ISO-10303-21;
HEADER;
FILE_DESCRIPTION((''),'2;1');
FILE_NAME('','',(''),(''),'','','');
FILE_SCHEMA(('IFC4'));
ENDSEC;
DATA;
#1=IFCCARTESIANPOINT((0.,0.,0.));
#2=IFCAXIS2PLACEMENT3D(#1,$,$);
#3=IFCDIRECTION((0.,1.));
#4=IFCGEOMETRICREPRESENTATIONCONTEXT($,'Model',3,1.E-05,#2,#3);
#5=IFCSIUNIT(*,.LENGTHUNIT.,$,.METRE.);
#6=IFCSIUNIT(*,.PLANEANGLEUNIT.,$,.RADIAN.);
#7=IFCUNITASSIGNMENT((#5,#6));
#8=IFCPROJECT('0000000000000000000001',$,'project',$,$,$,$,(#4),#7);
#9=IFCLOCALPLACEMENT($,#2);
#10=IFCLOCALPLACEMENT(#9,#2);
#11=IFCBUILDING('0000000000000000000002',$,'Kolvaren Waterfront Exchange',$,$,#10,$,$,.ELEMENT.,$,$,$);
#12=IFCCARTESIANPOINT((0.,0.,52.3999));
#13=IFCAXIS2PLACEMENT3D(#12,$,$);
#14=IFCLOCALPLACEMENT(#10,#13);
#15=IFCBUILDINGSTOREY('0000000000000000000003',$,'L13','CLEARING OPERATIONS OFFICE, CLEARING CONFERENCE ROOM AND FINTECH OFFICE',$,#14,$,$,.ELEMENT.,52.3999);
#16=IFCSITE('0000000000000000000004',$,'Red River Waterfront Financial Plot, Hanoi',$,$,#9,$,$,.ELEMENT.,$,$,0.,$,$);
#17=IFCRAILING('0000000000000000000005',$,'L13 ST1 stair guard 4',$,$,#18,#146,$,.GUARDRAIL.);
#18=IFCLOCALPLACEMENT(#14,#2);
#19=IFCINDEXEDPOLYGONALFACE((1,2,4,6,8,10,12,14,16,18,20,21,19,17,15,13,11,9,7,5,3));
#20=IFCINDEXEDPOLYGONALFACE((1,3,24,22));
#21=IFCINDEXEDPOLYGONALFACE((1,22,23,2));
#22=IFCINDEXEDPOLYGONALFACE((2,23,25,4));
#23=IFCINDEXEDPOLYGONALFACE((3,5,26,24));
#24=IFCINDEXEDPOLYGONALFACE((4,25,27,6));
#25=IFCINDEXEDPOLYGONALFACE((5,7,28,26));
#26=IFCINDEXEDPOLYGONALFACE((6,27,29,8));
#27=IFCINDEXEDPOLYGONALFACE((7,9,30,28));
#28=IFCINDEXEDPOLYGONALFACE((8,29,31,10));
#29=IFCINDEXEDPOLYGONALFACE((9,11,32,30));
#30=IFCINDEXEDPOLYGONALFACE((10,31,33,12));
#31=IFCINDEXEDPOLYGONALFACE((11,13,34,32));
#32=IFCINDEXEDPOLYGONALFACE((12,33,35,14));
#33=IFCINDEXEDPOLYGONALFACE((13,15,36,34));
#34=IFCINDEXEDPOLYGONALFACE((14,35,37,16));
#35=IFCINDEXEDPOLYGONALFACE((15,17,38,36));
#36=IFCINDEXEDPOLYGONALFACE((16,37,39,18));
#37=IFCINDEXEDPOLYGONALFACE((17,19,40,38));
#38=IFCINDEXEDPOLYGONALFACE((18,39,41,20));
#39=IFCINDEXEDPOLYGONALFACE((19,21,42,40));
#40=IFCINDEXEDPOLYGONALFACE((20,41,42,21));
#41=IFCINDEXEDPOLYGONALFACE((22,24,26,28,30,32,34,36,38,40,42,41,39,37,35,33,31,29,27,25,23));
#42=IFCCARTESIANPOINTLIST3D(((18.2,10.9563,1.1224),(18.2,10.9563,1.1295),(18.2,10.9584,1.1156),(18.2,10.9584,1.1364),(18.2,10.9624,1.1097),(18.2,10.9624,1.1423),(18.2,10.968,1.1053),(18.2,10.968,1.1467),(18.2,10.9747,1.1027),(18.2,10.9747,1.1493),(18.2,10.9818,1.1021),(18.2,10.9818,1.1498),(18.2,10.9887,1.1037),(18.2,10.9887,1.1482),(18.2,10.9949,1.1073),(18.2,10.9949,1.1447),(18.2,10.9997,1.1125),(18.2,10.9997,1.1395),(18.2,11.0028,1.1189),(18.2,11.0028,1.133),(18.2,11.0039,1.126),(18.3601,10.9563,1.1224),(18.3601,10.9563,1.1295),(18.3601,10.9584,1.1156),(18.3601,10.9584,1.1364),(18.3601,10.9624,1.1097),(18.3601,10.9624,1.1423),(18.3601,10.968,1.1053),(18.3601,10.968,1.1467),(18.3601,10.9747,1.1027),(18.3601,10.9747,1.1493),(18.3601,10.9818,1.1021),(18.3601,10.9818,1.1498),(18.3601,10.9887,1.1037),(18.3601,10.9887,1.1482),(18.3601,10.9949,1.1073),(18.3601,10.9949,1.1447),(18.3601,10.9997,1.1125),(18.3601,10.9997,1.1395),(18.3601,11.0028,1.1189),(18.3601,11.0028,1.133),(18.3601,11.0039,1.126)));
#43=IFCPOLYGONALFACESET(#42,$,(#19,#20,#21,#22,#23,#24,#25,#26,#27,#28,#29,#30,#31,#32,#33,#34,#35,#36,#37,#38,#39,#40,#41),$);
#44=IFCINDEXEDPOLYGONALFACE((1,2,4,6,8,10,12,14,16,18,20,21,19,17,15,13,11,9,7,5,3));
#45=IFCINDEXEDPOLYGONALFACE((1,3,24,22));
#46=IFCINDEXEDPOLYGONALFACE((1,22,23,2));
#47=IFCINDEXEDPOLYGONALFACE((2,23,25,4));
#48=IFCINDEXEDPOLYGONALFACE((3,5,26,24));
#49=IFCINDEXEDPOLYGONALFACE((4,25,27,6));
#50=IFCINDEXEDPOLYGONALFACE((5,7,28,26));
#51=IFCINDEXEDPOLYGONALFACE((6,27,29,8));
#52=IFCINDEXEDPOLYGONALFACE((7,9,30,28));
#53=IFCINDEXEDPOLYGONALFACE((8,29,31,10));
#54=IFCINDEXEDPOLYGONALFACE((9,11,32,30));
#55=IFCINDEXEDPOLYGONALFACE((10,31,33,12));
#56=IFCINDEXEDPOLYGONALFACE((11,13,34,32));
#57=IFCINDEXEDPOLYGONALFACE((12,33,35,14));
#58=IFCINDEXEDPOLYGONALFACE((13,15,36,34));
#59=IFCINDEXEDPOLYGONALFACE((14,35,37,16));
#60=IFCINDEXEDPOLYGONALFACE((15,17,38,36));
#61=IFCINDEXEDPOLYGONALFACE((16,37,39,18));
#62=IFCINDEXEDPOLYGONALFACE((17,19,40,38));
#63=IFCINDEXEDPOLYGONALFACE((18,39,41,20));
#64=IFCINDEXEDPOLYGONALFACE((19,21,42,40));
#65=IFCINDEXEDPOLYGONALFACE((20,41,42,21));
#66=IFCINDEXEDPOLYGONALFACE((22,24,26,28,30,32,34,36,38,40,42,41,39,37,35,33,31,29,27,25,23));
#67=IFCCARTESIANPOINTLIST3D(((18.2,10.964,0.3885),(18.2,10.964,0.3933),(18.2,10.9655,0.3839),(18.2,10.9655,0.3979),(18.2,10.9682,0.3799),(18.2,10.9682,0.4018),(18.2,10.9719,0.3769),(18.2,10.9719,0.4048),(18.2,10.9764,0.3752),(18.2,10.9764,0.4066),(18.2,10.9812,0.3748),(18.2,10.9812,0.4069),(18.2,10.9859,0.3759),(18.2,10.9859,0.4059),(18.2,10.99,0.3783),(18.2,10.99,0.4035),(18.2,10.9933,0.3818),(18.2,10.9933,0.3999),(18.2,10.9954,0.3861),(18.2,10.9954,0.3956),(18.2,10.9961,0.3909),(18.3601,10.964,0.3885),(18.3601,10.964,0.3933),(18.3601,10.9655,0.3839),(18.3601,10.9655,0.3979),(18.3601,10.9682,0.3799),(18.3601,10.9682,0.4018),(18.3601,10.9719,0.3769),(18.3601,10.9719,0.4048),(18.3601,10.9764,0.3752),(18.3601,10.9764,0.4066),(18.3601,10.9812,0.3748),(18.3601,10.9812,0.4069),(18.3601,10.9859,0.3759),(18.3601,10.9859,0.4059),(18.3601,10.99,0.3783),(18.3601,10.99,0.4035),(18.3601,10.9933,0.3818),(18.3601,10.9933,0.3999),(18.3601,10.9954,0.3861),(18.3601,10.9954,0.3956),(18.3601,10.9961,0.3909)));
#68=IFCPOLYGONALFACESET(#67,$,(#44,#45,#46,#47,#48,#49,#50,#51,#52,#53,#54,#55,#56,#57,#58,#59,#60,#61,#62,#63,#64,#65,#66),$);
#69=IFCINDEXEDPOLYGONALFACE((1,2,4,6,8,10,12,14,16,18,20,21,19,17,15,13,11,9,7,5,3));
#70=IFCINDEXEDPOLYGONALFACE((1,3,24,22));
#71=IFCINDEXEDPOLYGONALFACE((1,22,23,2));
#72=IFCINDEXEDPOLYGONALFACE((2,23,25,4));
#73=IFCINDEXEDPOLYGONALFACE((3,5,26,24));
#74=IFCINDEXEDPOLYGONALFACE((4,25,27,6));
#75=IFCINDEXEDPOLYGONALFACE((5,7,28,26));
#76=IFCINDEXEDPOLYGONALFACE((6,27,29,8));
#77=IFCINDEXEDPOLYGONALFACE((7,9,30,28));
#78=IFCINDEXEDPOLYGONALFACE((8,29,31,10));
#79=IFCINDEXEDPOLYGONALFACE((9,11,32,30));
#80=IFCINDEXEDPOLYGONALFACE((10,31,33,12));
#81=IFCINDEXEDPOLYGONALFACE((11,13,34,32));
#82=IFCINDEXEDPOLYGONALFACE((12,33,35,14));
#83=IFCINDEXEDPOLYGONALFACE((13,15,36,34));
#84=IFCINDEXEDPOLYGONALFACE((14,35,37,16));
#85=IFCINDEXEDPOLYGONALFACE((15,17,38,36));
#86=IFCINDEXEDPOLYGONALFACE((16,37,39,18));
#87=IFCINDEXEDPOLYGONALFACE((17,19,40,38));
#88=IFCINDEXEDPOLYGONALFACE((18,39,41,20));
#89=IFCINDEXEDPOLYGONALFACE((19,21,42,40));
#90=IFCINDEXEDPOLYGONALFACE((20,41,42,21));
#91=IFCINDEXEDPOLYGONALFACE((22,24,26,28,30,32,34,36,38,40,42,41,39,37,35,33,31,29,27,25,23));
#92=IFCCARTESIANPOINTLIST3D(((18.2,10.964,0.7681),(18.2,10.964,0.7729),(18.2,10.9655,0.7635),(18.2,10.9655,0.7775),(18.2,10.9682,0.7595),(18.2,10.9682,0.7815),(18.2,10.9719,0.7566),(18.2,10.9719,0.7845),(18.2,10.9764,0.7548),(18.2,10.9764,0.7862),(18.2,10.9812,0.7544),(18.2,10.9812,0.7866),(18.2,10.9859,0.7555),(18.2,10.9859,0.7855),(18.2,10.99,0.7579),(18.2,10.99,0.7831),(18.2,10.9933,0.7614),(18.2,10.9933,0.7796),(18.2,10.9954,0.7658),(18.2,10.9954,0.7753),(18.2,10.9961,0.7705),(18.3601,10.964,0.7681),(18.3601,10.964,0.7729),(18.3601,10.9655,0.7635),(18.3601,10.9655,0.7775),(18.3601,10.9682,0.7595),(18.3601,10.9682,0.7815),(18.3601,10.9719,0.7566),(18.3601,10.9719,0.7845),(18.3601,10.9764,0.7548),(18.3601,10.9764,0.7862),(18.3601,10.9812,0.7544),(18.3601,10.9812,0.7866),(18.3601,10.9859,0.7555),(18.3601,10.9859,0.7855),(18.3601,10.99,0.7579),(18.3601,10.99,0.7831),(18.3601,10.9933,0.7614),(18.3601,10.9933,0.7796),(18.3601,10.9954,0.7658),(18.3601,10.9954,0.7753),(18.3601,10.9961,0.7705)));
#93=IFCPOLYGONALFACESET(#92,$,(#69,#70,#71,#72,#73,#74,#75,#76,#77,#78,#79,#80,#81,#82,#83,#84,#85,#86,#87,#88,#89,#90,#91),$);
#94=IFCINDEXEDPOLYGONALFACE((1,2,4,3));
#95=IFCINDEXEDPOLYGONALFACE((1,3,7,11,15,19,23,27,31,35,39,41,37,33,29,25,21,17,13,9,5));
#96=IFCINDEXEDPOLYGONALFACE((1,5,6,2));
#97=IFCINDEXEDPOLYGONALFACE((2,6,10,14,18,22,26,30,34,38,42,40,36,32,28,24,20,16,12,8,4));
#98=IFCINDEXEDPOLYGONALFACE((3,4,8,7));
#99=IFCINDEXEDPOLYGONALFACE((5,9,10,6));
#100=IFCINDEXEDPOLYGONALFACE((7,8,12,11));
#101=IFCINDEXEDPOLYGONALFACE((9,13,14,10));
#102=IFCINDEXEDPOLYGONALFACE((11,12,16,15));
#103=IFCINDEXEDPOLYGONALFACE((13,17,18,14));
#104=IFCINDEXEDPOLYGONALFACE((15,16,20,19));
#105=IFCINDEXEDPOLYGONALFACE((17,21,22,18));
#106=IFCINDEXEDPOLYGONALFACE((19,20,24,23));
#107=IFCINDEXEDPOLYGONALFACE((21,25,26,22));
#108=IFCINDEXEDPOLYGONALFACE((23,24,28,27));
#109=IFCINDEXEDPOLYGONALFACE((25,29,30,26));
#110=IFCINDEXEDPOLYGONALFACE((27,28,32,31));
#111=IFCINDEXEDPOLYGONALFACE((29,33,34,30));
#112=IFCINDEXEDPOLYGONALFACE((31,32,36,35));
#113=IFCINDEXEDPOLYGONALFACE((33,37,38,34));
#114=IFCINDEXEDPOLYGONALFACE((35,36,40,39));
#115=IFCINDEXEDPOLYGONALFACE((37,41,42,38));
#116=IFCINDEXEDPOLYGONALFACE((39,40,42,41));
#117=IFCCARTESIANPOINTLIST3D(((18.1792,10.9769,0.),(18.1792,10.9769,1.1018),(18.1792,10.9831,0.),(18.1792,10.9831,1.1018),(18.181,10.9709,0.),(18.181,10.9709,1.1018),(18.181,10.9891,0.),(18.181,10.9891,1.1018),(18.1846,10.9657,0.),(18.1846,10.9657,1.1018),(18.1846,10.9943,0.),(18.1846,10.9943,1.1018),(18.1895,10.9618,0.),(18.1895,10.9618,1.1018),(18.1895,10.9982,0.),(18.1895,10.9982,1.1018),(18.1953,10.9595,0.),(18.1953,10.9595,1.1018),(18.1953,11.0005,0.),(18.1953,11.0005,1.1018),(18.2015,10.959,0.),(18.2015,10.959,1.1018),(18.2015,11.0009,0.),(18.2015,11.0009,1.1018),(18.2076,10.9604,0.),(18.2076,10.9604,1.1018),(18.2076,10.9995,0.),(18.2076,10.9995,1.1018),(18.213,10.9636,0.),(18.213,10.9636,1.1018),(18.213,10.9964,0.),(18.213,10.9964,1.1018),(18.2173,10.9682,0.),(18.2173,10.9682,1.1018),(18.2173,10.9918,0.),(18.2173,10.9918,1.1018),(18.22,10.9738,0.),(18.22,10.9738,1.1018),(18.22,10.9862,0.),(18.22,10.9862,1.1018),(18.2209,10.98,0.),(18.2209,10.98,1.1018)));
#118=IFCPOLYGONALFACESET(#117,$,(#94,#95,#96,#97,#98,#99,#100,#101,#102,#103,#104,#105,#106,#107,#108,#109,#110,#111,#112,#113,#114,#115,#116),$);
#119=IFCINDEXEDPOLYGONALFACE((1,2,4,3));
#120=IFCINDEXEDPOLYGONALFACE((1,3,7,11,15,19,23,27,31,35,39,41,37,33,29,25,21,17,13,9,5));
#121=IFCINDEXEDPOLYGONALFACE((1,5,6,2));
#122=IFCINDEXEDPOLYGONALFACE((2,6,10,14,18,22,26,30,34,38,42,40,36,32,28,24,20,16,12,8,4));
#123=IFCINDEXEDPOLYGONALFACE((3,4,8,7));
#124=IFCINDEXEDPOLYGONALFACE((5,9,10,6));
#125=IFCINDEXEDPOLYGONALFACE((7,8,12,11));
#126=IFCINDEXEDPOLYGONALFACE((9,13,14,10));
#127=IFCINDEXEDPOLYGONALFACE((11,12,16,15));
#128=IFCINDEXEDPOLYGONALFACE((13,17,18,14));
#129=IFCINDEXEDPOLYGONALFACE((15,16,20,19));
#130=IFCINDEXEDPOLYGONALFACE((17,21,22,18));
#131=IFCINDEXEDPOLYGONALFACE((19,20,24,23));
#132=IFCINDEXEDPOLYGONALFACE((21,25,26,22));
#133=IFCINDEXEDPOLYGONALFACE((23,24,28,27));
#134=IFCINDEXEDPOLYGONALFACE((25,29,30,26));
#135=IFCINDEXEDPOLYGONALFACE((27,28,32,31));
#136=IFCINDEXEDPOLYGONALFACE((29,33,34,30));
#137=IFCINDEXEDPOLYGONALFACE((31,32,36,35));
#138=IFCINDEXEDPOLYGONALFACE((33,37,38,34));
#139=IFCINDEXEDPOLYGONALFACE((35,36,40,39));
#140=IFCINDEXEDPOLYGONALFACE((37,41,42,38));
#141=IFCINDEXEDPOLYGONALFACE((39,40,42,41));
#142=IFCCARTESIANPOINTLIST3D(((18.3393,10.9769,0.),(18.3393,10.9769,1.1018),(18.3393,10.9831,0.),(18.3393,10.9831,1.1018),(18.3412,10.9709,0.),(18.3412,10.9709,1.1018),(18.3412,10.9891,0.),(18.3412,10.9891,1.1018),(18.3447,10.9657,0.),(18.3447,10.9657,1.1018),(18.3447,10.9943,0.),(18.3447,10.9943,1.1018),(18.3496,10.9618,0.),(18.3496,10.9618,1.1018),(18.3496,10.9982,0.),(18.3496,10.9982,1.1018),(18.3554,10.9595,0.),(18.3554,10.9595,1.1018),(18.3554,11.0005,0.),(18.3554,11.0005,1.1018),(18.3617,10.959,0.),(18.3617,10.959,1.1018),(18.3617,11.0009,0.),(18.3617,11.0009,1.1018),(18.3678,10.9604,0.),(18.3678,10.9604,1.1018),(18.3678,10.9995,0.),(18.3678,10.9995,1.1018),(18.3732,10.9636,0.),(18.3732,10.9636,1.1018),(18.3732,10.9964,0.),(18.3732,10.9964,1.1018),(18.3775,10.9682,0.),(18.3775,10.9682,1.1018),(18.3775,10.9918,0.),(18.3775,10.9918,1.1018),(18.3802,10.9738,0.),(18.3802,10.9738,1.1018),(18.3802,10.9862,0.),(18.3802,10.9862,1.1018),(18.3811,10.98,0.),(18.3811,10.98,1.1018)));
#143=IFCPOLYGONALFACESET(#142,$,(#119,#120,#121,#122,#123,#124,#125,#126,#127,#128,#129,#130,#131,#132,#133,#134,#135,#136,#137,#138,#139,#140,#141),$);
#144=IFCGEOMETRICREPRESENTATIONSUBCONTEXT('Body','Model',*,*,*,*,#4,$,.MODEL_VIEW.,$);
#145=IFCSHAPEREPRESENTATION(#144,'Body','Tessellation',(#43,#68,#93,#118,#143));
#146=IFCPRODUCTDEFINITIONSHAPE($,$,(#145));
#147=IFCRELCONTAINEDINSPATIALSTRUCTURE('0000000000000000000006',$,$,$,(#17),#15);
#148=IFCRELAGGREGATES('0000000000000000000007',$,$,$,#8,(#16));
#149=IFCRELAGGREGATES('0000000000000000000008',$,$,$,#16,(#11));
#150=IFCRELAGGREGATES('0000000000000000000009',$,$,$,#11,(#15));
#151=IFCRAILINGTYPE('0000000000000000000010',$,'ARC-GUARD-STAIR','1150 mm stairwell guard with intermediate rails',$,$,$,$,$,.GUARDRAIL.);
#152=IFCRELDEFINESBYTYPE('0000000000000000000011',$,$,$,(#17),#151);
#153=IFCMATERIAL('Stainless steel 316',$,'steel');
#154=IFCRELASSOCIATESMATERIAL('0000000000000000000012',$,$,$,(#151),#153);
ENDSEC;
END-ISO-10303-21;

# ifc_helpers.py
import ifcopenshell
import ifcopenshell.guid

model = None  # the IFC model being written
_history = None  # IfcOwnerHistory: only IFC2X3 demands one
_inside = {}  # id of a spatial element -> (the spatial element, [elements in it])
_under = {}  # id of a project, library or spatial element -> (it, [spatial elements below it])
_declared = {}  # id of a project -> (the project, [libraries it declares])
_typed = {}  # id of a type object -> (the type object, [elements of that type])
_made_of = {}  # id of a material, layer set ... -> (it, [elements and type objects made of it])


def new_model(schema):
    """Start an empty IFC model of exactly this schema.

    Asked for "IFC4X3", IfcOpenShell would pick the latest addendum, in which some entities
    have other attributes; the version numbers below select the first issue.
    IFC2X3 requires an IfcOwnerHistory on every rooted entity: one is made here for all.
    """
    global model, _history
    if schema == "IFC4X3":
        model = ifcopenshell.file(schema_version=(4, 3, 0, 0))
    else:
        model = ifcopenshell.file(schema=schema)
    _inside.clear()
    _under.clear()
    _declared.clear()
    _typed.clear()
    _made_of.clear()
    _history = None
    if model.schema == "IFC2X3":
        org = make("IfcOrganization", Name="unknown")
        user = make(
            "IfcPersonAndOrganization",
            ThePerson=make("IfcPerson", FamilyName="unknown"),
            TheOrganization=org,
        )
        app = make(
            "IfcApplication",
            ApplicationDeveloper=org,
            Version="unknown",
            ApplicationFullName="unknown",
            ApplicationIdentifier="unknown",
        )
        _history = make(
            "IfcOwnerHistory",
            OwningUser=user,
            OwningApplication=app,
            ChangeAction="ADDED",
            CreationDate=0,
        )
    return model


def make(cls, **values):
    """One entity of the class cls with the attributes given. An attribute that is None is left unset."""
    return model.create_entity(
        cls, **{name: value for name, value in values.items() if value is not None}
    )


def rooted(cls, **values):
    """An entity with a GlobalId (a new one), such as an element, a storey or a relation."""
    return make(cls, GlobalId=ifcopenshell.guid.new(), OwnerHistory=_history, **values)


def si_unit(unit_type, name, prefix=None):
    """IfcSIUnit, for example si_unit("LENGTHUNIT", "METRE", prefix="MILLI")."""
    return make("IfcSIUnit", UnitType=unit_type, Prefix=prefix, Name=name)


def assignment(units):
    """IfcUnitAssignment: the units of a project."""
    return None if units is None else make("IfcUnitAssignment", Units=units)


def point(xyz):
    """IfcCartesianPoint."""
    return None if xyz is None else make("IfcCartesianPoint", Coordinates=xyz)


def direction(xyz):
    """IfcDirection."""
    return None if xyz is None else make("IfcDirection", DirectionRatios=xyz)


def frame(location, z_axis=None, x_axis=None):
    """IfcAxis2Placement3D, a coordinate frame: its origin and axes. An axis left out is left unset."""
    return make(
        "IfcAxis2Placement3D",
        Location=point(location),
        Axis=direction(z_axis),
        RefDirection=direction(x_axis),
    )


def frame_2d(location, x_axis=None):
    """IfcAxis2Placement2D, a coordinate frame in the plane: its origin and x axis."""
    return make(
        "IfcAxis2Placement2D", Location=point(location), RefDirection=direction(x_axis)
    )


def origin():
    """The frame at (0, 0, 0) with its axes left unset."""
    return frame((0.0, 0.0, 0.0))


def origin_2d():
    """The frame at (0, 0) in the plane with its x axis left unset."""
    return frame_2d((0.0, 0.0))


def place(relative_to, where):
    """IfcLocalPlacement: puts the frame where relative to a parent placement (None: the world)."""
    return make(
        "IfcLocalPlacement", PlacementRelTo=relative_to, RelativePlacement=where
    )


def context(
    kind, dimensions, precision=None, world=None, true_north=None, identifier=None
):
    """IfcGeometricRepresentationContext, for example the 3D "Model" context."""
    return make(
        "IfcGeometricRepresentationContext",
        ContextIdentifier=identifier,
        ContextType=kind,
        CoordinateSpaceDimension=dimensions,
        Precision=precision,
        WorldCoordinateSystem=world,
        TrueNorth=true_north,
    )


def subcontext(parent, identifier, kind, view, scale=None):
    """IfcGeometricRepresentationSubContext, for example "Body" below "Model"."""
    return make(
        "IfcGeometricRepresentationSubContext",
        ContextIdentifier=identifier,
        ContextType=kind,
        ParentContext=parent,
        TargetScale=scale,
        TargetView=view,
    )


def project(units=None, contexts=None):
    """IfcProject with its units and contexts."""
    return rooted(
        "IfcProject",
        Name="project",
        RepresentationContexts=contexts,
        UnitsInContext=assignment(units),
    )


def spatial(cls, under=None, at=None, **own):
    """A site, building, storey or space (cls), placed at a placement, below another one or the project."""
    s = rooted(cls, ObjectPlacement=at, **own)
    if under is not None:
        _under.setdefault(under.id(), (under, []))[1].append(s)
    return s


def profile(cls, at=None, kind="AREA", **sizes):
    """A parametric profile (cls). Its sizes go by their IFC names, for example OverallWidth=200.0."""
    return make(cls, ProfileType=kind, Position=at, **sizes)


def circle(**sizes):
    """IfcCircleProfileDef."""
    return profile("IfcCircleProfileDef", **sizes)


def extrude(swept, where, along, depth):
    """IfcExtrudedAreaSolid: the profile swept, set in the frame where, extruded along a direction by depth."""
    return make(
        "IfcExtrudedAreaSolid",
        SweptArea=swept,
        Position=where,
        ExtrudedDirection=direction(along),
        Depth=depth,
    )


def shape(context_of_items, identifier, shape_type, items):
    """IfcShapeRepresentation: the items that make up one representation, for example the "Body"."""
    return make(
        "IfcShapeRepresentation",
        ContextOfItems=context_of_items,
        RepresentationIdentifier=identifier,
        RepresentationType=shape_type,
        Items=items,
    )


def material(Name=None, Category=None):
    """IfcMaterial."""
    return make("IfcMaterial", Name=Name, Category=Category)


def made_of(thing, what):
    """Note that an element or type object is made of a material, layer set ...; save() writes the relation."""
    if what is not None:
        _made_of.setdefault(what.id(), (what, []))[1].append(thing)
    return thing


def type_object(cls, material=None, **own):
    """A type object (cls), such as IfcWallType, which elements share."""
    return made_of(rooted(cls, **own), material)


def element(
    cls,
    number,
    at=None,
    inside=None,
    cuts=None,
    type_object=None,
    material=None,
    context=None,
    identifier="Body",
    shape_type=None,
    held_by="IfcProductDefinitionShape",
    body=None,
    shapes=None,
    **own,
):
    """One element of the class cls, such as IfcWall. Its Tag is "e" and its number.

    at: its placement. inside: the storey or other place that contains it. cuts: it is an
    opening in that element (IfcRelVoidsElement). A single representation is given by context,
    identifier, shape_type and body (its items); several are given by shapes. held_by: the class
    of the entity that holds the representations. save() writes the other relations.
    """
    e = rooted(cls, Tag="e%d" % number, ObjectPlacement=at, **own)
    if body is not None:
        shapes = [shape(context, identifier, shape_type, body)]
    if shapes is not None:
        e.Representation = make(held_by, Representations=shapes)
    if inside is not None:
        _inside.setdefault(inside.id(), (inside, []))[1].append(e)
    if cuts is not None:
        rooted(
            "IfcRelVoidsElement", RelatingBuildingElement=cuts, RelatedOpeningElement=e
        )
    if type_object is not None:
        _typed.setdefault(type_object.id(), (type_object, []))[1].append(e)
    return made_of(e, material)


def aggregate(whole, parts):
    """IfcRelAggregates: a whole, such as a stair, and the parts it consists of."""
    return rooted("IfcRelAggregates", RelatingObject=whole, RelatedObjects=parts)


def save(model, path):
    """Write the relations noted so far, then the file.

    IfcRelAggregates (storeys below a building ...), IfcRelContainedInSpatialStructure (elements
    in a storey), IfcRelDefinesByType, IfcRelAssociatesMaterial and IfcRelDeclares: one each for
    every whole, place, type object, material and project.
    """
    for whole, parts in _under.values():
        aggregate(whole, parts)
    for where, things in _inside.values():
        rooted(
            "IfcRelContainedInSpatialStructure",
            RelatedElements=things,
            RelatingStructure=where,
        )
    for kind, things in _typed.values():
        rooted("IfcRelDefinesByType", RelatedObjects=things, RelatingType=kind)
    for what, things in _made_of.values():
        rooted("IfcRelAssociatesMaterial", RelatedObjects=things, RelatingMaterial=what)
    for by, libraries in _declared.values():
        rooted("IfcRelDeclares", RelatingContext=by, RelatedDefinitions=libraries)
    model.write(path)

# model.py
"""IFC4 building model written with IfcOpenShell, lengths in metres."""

from ifc_helpers import new_model, si_unit, direction, frame, origin, origin_2d, place, context, subcontext, project, spatial, circle, extrude, material, type_object, element, save


model = new_model("IFC4")

# Units and contexts
model_context = context("Model", 3, precision=1e-05, world=origin(), true_north=direction((0.0, 1.0)))
body_context = subcontext(model_context, "Body", "Model", "MODEL_VIEW")
ifc_project = project(units=[si_unit("LENGTHUNIT", "METRE"), si_unit("PLANEANGLEUNIT", "RADIAN")], contexts=[model_context])

# Site, building, storey
site_placement = place(None, origin())
site = spatial("IfcSite", under=ifc_project, at=site_placement, Name="Red River Waterfront Financial Plot, Hanoi", CompositionType="ELEMENT", RefElevation=0.0)
building_placement = place(site_placement, origin())
building = spatial("IfcBuilding", under=site, at=building_placement, Name="Kolvaren Waterfront Exchange", CompositionType="ELEMENT")
storey_placement = place(building_placement, frame((0.0, 0.0, 52.3999)))
storey = spatial("IfcBuildingStorey", under=building, at=storey_placement, Name="L13", Description="CLEARING OPERATIONS OFFICE, CLEARING CONFERENCE ROOM AND FINTECH OFFICE", CompositionType="ELEMENT", Elevation=52.3999)

# Railing
ifc_material_1 = material(Name="Stainless steel 316", Category="steel")
railing_type_1 = type_object("IfcRailingType", Name="ARC-GUARD-STAIR", Description="1150 mm stairwell guard with intermediate rails", PredefinedType="GUARDRAIL", material=ifc_material_1)
railing_1_placement = place(storey_placement, frame((18.2, 10.98, 0.0)))
element("IfcRailing", 1, at=railing_1_placement, inside=storey, type_object=railing_type_1, Name="L13 ST1 stair guard 4", PredefinedType="GUARDRAIL", context=body_context, shape_type="SweptSolid", body=[
    extrude(circle(Radius=0.0239, at=origin_2d()), frame((0.0, 0.0, 1.126), z_axis=(1.0, 0.0, 0.0), x_axis=(0.0, 1.0, 0.0)), (0.0, 0.0, 1.0), 0.1602),
    extrude(circle(Radius=0.0161, at=origin_2d()), frame((0.0, 0.0, 0.3909), z_axis=(1.0, 0.0, 0.0), x_axis=(0.0, 1.0, 0.0)), (0.0, 0.0, 1.0), 0.1602),
    extrude(circle(Radius=0.0161, at=origin_2d()), frame((0.0, 0.0, 0.7705), z_axis=(1.0, 0.0, 0.0), x_axis=(0.0, 1.0, 0.0)), (0.0, 0.0, 1.0), 0.1602),
    extrude(circle(Radius=0.021, at=origin_2d()), origin(), (0.0, 0.0, 1.0), 1.1018),
    extrude(circle(Radius=0.021, at=origin_2d()), frame((0.1602, 0.0, 0.0)), (0.0, 0.0, 1.0), 1.1018),
])

save(model, "model.ifc")
